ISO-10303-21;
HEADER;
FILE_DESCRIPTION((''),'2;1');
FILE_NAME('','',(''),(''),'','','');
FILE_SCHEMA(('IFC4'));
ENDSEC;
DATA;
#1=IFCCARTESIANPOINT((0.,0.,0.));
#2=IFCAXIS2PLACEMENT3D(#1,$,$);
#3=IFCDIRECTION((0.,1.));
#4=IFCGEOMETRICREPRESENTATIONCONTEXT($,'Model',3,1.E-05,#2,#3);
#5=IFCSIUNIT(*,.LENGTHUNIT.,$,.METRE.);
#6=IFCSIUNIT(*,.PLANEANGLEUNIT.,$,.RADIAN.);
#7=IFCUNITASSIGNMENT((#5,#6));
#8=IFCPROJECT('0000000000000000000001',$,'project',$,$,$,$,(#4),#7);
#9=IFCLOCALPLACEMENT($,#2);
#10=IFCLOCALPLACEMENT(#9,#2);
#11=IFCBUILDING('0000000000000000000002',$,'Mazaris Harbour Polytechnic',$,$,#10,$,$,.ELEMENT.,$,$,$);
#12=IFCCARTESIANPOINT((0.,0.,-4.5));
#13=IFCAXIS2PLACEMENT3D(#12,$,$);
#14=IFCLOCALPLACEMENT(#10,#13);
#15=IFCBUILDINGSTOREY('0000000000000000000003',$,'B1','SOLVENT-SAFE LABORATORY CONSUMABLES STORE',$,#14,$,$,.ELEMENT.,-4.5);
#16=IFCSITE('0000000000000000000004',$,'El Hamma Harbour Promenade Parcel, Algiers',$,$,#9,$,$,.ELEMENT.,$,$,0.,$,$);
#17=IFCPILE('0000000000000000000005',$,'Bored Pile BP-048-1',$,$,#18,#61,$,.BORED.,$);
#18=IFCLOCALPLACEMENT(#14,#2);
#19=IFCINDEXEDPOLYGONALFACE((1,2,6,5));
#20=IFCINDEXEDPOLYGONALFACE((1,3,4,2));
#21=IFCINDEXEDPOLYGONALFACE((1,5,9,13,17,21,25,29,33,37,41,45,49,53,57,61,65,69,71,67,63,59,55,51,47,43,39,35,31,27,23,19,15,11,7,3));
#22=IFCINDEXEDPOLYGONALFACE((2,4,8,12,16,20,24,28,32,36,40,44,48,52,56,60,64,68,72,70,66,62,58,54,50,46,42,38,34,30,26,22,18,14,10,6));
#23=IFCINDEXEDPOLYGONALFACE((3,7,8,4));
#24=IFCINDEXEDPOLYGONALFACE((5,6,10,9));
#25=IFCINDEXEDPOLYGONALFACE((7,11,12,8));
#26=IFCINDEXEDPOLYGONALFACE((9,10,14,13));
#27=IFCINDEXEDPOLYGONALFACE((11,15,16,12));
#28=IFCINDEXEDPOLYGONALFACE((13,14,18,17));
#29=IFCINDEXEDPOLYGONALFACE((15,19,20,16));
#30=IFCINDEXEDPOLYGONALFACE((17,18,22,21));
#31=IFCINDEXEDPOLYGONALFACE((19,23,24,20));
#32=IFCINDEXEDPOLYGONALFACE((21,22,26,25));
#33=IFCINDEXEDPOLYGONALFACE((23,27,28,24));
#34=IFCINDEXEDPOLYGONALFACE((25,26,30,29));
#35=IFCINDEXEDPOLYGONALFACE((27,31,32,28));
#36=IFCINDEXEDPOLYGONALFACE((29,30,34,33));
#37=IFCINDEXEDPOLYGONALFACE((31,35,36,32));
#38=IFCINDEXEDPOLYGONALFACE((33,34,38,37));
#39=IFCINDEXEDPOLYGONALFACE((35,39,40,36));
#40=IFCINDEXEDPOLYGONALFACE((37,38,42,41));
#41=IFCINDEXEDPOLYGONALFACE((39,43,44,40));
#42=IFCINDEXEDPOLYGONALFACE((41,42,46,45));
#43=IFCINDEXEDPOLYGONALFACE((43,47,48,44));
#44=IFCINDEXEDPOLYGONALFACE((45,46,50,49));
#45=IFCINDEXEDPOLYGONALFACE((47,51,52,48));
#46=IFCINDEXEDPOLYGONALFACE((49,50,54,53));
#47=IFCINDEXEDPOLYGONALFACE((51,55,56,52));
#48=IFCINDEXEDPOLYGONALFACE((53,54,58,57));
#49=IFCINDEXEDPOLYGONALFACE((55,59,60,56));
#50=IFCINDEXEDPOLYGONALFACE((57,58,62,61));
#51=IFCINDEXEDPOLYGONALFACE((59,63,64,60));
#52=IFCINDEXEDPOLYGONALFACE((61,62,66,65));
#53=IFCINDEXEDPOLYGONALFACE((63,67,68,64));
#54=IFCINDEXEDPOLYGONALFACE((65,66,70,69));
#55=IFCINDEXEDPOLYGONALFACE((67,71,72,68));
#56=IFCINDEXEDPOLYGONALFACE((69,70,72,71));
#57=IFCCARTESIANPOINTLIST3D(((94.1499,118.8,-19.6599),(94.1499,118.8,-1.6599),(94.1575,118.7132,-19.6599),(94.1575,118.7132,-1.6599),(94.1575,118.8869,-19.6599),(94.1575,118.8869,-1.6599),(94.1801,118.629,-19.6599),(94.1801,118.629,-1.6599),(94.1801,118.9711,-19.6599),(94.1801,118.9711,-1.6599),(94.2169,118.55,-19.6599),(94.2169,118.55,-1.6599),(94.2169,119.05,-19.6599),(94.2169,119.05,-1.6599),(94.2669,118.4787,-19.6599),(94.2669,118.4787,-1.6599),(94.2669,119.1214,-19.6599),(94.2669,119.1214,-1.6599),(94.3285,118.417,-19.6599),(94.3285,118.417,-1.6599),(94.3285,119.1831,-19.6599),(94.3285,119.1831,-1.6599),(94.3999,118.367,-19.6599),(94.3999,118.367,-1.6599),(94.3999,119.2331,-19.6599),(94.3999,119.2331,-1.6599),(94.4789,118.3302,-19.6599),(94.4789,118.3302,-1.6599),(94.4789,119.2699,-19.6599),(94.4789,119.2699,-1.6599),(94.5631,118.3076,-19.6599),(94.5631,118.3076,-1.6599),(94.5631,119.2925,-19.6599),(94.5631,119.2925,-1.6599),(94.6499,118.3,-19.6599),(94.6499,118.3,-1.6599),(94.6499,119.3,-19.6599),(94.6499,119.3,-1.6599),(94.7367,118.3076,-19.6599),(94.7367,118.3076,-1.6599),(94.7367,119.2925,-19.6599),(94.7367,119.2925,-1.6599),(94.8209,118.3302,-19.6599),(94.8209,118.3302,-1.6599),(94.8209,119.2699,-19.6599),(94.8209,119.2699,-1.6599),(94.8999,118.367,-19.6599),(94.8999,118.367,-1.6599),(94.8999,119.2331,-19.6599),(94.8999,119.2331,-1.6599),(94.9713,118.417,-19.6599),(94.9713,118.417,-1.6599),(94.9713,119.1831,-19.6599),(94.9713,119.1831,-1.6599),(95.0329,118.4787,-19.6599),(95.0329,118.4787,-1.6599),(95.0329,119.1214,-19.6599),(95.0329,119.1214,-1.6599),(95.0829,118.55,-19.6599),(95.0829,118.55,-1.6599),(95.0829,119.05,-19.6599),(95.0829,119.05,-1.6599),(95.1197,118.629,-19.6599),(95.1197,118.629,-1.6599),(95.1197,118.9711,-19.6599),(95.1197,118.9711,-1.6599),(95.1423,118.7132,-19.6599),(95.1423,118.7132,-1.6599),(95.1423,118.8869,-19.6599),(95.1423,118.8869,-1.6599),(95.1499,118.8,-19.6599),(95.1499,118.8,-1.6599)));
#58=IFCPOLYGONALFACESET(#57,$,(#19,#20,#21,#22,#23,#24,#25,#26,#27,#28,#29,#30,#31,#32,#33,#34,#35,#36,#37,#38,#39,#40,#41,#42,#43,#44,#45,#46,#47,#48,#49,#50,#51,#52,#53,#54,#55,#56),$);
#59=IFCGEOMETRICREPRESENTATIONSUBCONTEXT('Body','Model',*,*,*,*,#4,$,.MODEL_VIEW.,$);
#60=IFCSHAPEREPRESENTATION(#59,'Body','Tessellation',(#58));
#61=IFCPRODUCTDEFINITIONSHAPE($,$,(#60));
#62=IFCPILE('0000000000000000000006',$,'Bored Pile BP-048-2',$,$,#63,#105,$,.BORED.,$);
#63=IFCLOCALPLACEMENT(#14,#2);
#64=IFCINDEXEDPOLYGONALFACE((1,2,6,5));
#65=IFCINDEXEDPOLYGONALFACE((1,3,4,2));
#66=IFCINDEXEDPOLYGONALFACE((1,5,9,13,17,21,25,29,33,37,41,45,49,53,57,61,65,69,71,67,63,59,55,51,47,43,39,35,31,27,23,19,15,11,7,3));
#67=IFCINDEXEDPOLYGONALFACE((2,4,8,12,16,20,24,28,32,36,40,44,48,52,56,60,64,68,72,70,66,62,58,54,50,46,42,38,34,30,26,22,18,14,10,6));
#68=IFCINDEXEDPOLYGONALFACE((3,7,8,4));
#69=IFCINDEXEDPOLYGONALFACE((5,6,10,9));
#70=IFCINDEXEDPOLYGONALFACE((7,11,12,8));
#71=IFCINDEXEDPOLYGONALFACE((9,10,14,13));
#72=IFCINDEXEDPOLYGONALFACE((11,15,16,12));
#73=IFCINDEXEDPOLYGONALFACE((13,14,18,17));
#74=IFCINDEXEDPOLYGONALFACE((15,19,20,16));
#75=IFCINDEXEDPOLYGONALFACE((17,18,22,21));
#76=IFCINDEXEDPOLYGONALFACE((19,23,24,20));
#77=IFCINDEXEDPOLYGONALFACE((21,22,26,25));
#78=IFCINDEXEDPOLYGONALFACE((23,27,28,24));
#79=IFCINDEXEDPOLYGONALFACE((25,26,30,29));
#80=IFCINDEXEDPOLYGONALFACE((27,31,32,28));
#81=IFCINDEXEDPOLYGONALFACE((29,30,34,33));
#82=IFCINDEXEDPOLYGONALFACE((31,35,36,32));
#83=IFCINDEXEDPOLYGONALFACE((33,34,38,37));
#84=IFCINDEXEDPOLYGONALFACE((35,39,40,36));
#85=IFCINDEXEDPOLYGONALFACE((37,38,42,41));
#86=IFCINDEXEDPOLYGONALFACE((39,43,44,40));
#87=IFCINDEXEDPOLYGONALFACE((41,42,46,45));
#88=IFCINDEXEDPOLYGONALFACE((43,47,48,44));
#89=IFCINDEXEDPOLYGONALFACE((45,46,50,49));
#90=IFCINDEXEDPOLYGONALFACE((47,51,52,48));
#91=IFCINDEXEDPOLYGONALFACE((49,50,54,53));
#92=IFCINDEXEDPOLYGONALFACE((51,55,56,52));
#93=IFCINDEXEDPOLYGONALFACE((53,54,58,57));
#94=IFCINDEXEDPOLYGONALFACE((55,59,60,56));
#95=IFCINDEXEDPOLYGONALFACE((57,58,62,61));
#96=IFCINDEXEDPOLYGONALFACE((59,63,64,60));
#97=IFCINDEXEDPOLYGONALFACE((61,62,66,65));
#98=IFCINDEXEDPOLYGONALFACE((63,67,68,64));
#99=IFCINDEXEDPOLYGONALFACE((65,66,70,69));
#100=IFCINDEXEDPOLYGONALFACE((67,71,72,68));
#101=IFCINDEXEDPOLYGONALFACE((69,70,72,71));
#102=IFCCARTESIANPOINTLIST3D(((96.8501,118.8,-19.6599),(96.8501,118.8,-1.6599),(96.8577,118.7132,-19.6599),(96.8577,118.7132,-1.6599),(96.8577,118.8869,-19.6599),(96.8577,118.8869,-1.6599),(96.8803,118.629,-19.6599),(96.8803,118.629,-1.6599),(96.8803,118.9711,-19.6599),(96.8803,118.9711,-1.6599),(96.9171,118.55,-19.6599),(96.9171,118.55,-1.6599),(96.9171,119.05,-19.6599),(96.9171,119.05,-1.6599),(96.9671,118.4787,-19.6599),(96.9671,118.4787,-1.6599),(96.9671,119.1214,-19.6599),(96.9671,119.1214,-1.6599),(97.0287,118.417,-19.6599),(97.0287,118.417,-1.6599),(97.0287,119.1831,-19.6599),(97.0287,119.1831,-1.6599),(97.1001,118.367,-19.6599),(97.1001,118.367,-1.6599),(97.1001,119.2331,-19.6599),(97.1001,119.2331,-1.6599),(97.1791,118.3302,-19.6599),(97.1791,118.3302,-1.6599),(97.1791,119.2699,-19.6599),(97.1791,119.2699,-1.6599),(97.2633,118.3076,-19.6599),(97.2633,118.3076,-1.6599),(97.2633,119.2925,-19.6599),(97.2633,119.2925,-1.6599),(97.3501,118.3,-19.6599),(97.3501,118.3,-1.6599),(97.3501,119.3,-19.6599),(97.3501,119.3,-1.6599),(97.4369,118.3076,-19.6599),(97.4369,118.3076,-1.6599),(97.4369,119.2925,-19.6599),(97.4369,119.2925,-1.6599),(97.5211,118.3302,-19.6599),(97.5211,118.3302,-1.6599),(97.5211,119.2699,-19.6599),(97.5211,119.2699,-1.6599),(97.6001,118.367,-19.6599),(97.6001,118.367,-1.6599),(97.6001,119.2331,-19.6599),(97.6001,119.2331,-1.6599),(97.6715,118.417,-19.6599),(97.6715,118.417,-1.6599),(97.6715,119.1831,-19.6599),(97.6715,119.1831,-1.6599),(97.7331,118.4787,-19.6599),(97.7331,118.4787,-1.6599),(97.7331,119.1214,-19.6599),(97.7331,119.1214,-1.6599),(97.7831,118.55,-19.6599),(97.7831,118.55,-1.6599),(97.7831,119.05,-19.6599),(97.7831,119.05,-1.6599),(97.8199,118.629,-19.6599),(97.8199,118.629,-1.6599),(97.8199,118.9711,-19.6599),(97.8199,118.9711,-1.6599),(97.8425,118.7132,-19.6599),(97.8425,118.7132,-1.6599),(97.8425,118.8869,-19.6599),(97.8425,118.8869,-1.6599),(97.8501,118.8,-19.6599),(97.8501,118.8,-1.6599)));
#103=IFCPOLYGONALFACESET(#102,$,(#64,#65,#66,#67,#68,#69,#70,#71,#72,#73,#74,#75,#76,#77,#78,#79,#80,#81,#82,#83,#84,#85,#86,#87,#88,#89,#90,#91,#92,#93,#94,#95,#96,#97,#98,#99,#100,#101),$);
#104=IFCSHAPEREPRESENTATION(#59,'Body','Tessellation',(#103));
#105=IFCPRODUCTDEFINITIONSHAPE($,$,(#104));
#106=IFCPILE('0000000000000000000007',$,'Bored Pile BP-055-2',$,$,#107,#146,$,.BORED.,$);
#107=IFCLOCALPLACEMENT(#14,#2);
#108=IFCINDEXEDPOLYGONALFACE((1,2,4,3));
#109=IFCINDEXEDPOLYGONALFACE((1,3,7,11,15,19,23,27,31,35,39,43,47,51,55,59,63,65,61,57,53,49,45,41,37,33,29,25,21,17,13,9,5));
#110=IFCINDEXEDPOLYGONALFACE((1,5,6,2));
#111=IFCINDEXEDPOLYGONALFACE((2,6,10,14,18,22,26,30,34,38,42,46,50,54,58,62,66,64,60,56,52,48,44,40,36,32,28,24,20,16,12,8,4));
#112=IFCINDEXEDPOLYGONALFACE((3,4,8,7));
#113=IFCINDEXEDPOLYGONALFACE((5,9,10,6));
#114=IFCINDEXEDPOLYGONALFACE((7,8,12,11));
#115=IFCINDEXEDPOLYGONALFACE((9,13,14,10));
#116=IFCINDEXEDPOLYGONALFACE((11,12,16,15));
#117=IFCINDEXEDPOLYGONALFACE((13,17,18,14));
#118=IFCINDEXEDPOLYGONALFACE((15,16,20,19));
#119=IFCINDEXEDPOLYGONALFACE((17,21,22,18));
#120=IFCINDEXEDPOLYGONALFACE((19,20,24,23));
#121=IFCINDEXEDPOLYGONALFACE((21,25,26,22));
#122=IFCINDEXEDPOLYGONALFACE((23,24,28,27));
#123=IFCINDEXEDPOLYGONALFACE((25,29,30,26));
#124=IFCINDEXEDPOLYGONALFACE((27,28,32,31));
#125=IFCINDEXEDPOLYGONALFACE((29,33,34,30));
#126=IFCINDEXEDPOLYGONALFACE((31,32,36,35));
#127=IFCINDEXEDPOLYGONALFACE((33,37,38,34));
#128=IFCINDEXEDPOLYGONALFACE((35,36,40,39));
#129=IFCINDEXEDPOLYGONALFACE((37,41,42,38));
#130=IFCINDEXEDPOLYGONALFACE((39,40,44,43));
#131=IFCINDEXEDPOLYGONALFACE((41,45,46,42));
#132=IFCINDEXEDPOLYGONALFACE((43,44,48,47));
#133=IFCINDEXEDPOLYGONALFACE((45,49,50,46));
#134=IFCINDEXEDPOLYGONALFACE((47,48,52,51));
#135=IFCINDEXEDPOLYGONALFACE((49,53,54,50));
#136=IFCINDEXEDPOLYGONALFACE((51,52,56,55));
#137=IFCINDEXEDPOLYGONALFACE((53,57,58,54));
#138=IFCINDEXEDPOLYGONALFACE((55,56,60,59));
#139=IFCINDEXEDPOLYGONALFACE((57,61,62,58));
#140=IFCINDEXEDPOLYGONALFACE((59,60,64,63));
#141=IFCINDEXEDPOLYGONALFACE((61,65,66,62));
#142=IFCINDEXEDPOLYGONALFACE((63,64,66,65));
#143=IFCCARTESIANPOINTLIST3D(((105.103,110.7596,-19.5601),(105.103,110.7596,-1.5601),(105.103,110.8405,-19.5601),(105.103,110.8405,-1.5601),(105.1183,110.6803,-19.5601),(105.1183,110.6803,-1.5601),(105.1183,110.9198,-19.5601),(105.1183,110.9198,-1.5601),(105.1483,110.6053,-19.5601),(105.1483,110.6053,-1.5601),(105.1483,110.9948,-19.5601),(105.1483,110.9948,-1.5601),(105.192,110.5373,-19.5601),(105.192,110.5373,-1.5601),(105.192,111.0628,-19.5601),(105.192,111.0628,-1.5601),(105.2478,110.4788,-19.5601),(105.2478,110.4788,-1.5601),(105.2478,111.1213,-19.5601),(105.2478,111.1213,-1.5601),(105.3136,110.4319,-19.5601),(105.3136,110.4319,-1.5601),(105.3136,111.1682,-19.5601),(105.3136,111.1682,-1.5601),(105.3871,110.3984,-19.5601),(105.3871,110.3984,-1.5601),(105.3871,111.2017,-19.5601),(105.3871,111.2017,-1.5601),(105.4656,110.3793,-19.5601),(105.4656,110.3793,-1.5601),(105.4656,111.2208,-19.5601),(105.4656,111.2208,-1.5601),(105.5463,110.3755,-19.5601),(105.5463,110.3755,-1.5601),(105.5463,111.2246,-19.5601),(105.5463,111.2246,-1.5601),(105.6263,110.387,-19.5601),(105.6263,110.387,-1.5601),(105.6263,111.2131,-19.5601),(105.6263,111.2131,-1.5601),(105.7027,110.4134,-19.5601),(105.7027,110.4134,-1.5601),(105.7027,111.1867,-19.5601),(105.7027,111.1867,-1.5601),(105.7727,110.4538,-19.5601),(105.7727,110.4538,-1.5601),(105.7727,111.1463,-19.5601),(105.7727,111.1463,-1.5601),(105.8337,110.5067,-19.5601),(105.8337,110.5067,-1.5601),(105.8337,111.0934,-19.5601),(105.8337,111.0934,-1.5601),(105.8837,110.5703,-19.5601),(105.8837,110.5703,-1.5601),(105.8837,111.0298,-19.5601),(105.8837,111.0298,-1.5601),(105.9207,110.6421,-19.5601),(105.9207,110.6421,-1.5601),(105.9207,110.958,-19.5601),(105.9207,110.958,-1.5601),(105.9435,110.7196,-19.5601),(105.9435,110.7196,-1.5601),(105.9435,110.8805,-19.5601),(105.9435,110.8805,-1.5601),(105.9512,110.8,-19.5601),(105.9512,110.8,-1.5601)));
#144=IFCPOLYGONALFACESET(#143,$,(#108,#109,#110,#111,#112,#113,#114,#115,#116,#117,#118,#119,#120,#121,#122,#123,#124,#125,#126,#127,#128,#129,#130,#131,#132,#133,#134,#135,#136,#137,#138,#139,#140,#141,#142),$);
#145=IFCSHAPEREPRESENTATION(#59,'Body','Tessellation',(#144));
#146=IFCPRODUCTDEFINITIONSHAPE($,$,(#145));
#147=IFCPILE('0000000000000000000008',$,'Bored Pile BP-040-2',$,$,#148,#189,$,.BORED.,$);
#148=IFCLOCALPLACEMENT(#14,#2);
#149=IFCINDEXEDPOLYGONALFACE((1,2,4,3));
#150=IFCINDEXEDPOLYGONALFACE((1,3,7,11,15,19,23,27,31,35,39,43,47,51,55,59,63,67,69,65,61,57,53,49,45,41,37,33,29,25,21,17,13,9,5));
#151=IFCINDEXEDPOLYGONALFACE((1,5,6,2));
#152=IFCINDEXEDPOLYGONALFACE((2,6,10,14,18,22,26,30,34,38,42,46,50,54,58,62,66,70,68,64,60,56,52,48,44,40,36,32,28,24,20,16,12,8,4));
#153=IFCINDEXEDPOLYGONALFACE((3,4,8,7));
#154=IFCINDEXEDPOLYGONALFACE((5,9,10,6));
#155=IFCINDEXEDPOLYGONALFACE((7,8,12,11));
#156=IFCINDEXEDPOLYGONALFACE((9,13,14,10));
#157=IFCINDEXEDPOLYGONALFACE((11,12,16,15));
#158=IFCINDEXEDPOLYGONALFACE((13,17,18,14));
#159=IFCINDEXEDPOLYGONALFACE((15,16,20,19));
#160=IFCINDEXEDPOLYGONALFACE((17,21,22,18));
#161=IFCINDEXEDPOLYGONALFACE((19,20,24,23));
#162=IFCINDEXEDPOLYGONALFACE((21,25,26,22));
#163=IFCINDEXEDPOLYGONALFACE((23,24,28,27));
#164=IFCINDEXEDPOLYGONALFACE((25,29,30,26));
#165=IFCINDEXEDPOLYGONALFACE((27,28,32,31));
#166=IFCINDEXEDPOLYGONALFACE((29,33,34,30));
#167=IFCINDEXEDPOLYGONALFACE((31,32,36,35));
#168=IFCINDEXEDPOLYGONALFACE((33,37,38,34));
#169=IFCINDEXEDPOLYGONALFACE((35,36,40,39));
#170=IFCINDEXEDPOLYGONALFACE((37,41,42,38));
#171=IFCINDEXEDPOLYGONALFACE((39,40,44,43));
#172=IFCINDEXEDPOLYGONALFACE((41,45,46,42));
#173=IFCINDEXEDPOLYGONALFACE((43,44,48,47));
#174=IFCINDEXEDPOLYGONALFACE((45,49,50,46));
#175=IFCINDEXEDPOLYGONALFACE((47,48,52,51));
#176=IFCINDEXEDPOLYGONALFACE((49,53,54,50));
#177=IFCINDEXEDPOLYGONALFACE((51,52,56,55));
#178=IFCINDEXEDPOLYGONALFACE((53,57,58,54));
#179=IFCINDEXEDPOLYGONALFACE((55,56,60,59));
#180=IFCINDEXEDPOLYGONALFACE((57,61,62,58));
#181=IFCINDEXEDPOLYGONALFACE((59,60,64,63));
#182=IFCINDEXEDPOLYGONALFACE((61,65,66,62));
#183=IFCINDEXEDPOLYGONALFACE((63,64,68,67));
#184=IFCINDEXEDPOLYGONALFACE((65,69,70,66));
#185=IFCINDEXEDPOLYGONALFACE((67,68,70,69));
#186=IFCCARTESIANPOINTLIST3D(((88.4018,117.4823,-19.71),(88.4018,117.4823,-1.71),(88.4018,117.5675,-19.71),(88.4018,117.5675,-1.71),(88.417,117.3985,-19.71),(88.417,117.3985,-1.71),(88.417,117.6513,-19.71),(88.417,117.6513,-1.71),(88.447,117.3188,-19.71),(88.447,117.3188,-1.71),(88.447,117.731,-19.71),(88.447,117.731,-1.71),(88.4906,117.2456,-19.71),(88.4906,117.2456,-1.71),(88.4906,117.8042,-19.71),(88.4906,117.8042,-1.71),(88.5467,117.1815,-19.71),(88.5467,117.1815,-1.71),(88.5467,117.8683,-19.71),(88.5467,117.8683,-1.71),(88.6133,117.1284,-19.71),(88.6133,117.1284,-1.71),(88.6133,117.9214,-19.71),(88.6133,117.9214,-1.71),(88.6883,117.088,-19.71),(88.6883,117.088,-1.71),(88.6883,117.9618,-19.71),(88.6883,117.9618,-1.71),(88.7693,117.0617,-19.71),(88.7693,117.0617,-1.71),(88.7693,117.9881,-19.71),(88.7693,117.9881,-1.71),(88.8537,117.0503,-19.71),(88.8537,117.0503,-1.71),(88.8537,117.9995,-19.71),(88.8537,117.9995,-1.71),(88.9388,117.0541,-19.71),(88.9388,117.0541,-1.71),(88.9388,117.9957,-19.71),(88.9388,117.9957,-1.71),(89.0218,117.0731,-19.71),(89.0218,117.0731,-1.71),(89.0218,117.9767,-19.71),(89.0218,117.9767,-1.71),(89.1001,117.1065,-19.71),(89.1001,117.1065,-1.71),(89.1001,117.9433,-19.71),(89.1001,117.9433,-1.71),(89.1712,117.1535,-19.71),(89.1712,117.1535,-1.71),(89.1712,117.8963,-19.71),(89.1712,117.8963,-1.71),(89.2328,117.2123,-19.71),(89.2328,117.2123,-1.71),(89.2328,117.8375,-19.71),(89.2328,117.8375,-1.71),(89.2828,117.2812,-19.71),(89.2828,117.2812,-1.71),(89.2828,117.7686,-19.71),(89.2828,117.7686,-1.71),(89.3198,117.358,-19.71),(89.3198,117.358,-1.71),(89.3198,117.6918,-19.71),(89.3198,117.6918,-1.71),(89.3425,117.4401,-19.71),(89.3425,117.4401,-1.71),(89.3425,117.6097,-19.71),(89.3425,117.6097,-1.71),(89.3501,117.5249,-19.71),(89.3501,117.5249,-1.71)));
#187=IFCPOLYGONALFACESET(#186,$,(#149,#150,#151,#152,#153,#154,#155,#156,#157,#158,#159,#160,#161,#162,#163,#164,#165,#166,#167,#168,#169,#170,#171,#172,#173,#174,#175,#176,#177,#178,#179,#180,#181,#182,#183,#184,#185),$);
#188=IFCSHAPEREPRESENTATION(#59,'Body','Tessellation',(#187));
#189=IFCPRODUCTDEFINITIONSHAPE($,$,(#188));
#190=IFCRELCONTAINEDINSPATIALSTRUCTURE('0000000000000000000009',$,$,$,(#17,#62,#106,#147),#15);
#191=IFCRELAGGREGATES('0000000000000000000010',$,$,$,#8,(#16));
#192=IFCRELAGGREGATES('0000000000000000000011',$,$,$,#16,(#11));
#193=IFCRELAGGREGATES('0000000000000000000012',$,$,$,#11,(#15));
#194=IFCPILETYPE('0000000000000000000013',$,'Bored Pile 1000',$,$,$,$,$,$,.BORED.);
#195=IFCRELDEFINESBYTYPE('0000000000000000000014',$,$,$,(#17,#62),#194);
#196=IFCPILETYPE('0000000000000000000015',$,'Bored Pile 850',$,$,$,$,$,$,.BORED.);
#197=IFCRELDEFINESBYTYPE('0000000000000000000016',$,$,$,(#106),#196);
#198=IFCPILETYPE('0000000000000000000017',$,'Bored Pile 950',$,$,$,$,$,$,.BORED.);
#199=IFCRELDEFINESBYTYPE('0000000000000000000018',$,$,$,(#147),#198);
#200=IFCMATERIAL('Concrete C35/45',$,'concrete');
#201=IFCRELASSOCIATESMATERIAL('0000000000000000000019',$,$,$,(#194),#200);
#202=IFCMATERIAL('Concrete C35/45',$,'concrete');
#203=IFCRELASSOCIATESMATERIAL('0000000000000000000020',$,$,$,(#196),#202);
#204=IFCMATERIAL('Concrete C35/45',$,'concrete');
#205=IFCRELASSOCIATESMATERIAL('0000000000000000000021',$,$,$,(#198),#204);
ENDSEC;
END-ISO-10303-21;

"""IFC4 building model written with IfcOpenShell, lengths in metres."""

from ifc_helpers import new_model, si_unit, direction, frame, origin, origin_2d, place, context, subcontext, project, spatial, circle, extrude, material, material_profile, profile_set, type_object, element, save


model = new_model("IFC4")

# Units and contexts
model_context = context("Model", 3, precision=1e-05, world=origin(), true_north=direction((0.0, 1.0)))
body_context = subcontext(model_context, "Body", "Model", "MODEL_VIEW")
ifc_project = project(units=[si_unit("LENGTHUNIT", "METRE"), si_unit("PLANEANGLEUNIT", "RADIAN")], contexts=[model_context])

# Site, building, storey
site_placement = place(None, origin())
site = spatial("IfcSite", under=ifc_project, at=site_placement, Name="El Hamma Harbour Promenade Parcel, Algiers", CompositionType="ELEMENT", RefElevation=0.0)
building_placement = place(site_placement, origin())
building = spatial("IfcBuilding", under=site, at=building_placement, Name="Mazaris Harbour Polytechnic", CompositionType="ELEMENT")
storey_placement = place(building_placement, frame((0.0, 0.0, -4.5)))
storey = spatial("IfcBuildingStorey", under=building, at=storey_placement, Name="B1", Description="SOLVENT-SAFE LABORATORY CONSUMABLES STORE", CompositionType="ELEMENT", Elevation=-4.5)

# Piles
ifc_material_1 = material(Name="Concrete C35/45", Category="concrete")
ifc_material_profile_1 = material_profile(ifc_material_1, circle(Radius=0.5, at=origin_2d()), Name="DIA1000")
ifc_profile_set_1 = profile_set([ifc_material_profile_1], Name="Concrete C35/45")
pile_type_1 = type_object("IfcPileType", Name="Bored Pile 1000", PredefinedType="BORED", material=ifc_profile_set_1)
for number, where, z_axis, x_axis, name in (
    (1, (94.6499, 118.8, -1.6599), (0.0, 0.0, -1.0), (1.0, 0.0, 0.0), "Bored Pile BP-048-1"),
    (2, (97.3501, 118.8, -1.6599), (0.0, 0.0, -1.0), (1.0, 0.0, 0.0), "Bored Pile BP-048-2"),
):
    element("IfcPile", number, at=place(storey_placement, frame(where, z_axis=z_axis, x_axis=x_axis)), inside=storey, type_object=pile_type_1, Name=name, PredefinedType="BORED", context=body_context, shape_type="SweptSolid", body=[
        extrude(circle(Radius=0.5, at=origin_2d()), origin(), (0.0, 0.0, 1.0), 18.0),
    ])
ifc_material_2 = material(Name="Concrete C35/45", Category="concrete")
ifc_material_profile_2 = material_profile(ifc_material_2, circle(Radius=0.425, at=origin_2d()), Name="DIA850")
ifc_profile_set_2 = profile_set([ifc_material_profile_2], Name="Concrete C35/45")
pile_type_2 = type_object("IfcPileType", Name="Bored Pile 850", PredefinedType="BORED", material=ifc_profile_set_2)
pile_placement = place(storey_placement, frame((105.5261, 110.8, -1.5601), z_axis=(0.0, 0.0, -1.0), x_axis=(1.0, 0.0, 0.0)))
element("IfcPile", 3, at=pile_placement, inside=storey, type_object=pile_type_2, Name="Bored Pile BP-055-2", PredefinedType="BORED", context=body_context, shape_type="SweptSolid", body=[
    extrude(circle(Radius=0.425, at=origin_2d()), origin(), (0.0, 0.0, 1.0), 18.0),
])
ifc_material_3 = material(Name="Concrete C35/45", Category="concrete")
ifc_material_profile_3 = material_profile(ifc_material_3, circle(Radius=0.4751, at=origin_2d()), Name="DIA950")
ifc_profile_set_3 = profile_set([ifc_material_profile_3], Name="Concrete C35/45")
pile_type_3 = type_object("IfcPileType", Name="Bored Pile 950", PredefinedType="BORED", material=ifc_profile_set_3)
for number, where, z_axis, x_axis, name in (
    (4, (88.875, 117.5249, -1.71), (0.0, 0.0, -1.0), (1.0, 0.0, 0.0), "Bored Pile BP-040-2"),
):
    element("IfcPile", number, at=place(storey_placement, frame(where, z_axis=z_axis, x_axis=x_axis)), inside=storey, type_object=pile_type_3, Name=name, PredefinedType="BORED", context=body_context, shape_type="SweptSolid", body=[
        extrude(circle(Radius=0.4751, at=origin_2d()), origin(), (0.0, 0.0, 1.0), 18.0),
    ])

save(model, "model.ifc")
